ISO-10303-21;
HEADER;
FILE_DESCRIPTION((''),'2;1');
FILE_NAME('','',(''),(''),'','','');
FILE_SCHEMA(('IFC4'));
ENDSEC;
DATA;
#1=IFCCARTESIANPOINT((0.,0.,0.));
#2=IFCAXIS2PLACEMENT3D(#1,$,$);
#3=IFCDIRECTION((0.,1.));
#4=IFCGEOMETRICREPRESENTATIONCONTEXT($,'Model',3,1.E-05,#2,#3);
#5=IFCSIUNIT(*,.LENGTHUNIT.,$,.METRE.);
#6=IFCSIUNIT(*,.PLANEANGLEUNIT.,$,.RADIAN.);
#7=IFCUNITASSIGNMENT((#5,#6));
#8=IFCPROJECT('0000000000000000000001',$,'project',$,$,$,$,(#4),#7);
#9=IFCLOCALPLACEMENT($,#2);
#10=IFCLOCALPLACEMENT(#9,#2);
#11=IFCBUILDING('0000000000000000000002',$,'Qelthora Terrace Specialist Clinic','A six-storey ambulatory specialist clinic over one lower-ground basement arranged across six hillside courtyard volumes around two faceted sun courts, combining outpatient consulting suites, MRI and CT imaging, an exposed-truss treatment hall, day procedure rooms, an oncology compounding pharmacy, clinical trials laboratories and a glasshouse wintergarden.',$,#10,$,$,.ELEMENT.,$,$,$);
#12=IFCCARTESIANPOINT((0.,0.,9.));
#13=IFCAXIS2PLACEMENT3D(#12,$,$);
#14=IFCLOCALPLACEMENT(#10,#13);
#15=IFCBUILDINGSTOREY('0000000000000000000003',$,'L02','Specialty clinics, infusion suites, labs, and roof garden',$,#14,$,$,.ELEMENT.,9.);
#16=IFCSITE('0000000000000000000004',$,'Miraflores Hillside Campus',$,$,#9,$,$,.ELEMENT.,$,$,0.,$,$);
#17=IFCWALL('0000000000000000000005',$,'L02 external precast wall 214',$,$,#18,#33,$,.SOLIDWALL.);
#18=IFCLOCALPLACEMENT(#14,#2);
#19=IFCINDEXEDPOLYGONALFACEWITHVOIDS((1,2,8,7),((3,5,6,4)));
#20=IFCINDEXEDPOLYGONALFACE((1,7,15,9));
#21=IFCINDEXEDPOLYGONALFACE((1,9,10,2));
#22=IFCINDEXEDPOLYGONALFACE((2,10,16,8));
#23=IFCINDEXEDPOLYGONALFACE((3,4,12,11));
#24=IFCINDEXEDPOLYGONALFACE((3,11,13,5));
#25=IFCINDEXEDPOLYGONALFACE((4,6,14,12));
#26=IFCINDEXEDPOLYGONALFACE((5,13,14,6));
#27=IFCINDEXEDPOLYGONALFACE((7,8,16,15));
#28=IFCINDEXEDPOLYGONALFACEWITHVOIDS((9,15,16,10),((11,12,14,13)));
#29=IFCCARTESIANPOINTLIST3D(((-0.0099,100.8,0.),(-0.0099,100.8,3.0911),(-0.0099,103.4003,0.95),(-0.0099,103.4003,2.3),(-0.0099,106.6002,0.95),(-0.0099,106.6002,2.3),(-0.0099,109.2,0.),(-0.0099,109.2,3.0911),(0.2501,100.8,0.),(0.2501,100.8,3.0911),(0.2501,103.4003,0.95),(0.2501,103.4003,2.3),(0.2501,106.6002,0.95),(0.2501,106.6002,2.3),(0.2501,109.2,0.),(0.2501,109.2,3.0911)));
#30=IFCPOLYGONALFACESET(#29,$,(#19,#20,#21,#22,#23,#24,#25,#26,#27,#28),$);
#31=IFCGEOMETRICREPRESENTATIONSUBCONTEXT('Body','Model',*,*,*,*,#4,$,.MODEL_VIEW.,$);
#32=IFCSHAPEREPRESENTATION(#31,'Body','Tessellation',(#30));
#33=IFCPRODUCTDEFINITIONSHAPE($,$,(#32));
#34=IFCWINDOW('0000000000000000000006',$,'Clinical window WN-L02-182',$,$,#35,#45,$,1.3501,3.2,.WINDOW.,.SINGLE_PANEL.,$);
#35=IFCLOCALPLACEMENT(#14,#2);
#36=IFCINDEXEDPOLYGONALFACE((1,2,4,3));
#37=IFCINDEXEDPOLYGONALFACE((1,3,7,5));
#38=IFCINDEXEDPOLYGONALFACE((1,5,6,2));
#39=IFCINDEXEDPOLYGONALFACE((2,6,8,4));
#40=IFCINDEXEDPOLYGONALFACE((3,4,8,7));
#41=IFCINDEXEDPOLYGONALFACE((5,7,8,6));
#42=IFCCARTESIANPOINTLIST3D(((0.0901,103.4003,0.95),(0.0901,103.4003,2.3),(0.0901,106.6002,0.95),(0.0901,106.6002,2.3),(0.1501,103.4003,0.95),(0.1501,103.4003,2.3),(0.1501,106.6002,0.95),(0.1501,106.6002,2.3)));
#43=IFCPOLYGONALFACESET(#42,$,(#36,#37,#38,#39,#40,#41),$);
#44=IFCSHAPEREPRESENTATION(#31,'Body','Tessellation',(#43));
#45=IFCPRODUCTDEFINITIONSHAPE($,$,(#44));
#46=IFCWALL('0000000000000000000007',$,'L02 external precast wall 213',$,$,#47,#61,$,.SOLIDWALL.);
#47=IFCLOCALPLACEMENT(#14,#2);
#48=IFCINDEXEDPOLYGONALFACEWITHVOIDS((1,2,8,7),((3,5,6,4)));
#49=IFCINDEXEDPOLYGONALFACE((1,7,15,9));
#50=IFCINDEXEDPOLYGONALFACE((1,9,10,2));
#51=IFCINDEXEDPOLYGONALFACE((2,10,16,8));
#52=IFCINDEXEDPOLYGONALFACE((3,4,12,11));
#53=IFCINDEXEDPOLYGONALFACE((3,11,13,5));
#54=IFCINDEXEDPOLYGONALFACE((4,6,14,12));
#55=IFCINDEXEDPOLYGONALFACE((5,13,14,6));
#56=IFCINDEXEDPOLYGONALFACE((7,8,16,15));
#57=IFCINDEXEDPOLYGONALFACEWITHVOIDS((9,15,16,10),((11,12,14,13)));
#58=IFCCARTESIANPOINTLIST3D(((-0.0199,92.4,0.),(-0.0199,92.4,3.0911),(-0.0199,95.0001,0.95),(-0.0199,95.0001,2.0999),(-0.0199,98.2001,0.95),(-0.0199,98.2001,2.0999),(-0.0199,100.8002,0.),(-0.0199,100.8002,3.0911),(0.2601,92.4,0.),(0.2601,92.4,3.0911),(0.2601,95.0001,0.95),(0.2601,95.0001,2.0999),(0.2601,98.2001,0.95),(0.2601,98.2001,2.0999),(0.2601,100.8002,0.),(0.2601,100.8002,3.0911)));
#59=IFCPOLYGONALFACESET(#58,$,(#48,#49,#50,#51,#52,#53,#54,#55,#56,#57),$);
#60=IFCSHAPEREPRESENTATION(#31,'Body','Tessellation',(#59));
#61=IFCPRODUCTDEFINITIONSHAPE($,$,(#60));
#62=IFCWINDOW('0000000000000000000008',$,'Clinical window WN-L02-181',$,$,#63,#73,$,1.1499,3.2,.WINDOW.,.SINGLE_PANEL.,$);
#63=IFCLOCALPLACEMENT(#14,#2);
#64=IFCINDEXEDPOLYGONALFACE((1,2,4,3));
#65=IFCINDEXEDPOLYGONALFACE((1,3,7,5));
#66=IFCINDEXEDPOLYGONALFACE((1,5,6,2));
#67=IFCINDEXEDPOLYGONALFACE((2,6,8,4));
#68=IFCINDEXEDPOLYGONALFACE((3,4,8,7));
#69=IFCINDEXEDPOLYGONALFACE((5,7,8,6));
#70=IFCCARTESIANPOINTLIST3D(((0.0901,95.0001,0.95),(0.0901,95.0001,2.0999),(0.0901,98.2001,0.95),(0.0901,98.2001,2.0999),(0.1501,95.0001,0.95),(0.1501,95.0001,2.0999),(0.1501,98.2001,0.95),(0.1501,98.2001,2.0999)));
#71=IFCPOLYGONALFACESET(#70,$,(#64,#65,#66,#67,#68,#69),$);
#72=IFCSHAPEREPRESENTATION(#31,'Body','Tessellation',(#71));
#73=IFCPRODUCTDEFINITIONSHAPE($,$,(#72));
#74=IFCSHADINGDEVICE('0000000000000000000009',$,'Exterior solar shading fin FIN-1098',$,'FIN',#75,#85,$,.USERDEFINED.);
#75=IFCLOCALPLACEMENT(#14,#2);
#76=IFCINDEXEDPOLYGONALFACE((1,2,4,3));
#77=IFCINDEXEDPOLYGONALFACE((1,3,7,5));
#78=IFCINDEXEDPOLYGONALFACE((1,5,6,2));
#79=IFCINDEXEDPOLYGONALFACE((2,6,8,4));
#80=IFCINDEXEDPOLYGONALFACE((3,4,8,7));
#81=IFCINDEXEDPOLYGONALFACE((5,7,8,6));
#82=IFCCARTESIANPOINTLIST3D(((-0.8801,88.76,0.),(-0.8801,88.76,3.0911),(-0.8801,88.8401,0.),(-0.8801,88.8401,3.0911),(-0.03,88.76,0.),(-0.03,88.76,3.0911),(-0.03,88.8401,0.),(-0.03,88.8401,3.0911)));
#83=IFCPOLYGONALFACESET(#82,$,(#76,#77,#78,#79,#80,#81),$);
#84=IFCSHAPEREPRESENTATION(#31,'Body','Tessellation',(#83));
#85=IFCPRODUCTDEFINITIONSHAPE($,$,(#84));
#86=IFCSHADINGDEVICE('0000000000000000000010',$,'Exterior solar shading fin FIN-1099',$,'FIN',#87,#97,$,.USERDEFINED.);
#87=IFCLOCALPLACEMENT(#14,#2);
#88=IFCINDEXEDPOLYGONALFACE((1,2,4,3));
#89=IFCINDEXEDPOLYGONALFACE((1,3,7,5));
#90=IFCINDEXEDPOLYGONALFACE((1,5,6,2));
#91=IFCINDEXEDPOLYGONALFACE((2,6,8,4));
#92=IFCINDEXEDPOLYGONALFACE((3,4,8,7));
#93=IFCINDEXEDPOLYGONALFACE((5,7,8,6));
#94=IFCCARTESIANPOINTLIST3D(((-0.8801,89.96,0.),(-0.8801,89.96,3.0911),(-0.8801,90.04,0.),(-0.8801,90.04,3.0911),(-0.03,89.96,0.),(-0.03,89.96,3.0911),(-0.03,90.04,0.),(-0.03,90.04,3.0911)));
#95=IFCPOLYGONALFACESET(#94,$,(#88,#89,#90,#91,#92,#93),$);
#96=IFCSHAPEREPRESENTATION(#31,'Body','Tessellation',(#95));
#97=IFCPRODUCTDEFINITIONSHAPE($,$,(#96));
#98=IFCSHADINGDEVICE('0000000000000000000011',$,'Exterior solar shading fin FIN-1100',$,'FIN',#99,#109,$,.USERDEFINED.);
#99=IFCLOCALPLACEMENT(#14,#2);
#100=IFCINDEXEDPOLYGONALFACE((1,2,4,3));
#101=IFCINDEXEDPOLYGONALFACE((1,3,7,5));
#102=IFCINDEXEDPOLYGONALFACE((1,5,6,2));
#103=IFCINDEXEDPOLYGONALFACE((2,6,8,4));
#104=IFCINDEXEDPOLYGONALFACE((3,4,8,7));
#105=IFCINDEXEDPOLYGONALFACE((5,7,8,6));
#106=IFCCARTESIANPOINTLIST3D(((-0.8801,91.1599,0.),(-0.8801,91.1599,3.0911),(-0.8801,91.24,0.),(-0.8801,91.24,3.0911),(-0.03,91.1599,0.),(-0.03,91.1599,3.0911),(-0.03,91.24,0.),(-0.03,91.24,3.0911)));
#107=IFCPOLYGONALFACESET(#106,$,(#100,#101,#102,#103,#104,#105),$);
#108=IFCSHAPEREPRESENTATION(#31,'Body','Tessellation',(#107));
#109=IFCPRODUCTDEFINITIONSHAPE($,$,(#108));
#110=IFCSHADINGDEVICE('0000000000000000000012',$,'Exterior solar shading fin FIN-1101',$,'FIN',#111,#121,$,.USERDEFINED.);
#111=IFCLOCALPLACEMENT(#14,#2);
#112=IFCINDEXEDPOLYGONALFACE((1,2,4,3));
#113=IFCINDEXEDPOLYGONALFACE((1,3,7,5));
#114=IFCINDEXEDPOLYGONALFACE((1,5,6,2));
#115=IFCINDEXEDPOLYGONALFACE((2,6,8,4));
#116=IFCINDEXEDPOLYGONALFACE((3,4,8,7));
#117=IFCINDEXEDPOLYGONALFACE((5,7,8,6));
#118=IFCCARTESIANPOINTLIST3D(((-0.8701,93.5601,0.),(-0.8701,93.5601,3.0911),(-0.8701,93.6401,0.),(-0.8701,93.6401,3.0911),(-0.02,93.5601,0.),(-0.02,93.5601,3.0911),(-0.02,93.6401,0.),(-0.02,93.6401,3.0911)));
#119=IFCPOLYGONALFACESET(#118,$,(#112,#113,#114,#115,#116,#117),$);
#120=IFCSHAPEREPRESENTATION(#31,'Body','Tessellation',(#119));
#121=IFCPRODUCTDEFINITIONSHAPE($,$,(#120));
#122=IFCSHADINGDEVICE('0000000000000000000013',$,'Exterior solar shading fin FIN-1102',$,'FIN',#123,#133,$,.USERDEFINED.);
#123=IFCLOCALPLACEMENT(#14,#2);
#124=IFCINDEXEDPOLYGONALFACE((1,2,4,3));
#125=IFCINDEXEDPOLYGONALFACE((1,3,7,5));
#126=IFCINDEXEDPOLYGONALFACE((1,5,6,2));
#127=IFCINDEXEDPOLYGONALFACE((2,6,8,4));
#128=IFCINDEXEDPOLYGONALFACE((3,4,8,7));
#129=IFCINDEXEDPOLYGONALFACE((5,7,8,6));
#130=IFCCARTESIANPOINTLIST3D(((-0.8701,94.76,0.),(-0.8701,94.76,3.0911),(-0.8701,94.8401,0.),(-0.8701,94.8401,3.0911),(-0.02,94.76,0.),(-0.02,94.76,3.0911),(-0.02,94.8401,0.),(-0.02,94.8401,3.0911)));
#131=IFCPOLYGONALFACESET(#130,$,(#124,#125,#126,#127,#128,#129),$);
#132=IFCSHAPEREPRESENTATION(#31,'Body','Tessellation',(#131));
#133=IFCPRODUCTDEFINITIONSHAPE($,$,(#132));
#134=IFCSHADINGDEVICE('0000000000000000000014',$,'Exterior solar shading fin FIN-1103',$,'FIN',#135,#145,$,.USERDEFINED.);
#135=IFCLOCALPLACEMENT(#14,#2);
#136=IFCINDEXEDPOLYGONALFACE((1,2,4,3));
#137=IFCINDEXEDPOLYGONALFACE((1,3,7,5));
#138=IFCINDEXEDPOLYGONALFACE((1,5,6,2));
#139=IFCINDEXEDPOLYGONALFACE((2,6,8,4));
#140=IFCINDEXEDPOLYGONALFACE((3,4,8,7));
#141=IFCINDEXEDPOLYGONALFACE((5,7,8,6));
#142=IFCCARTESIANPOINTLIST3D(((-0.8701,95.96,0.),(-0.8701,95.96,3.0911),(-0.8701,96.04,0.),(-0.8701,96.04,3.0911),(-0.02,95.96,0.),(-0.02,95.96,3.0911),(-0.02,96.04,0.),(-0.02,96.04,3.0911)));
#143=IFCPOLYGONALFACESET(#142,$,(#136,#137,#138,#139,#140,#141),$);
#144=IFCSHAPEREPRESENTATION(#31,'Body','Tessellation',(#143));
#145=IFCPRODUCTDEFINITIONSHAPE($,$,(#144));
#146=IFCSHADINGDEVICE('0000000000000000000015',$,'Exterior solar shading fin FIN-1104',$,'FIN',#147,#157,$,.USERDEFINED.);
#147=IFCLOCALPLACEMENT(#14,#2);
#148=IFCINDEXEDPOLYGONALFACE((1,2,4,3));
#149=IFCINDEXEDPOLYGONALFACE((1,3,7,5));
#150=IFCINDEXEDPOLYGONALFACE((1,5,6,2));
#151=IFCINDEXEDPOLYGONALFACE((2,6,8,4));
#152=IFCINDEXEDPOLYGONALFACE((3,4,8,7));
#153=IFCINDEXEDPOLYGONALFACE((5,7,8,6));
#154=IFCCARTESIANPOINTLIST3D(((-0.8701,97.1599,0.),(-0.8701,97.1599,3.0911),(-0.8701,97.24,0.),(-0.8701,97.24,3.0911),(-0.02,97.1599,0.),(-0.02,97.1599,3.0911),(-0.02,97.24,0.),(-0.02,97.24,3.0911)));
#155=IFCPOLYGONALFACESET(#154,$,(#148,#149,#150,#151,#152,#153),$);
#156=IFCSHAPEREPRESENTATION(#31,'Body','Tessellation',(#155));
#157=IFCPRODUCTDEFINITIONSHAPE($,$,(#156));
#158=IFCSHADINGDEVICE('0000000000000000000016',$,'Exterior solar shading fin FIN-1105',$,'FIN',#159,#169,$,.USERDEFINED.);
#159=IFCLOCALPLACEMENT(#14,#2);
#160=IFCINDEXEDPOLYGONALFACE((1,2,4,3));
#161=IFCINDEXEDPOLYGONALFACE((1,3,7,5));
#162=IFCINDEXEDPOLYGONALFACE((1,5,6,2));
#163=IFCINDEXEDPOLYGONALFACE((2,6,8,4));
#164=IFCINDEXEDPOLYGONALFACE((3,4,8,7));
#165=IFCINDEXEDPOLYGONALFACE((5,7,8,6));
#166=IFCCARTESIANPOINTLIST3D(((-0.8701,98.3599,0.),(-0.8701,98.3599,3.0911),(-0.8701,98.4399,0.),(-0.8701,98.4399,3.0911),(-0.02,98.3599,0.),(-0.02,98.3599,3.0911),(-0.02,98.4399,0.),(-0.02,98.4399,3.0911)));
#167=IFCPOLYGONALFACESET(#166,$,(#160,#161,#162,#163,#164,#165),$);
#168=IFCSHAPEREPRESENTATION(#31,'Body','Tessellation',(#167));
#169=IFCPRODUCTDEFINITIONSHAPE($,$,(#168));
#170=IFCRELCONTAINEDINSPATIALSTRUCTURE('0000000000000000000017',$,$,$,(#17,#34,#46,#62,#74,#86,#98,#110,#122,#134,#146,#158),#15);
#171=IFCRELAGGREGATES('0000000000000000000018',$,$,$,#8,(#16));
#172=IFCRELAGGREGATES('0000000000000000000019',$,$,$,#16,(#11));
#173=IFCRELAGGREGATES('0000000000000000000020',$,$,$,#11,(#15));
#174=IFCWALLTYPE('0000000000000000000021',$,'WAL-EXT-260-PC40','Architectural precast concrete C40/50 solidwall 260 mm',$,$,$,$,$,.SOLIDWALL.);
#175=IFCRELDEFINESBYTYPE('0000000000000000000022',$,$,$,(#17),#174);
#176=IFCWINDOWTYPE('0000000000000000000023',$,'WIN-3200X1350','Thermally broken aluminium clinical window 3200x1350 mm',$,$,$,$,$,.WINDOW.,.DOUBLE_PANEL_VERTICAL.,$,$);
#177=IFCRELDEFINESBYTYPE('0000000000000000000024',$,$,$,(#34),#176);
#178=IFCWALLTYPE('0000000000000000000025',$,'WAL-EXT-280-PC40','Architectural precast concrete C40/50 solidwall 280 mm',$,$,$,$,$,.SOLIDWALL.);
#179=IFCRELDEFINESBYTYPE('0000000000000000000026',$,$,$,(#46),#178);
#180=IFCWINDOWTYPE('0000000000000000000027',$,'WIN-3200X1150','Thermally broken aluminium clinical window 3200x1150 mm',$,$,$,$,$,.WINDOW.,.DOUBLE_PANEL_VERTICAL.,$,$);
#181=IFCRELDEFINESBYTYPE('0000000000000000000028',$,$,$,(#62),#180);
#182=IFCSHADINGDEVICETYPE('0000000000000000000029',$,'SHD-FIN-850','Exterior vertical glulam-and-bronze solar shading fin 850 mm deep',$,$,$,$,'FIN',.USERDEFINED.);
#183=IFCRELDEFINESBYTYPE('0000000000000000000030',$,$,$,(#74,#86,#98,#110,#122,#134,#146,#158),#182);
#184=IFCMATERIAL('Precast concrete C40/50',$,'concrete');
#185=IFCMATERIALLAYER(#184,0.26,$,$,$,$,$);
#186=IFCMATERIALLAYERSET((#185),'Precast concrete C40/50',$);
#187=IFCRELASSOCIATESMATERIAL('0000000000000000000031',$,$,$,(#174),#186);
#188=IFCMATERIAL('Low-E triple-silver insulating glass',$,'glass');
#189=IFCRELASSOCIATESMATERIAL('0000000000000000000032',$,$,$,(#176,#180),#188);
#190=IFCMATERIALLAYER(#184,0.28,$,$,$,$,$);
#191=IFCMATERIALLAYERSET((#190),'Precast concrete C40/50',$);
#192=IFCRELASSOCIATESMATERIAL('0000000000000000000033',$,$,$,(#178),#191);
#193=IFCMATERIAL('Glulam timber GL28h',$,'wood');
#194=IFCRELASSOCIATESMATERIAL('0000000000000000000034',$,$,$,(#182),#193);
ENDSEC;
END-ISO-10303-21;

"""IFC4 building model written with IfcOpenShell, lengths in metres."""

from ifc_helpers import new_model, si_unit, direction, frame, frame_2d, origin, origin_2d, place, context, subcontext, project, spatial, rectangle, extrude, material, layer, layer_set, type_object, element, fill, save


model = new_model("IFC4")

# Units and contexts
model_context = context("Model", 3, precision=1e-05, world=origin(), true_north=direction((0.0, 1.0)))
body_context = subcontext(model_context, "Body", "Model", "MODEL_VIEW")
ifc_project = project(units=[si_unit("LENGTHUNIT", "METRE"), si_unit("PLANEANGLEUNIT", "RADIAN")], contexts=[model_context])

# Site, building, storey
site_placement = place(None, origin())
site = spatial("IfcSite", under=ifc_project, at=site_placement, Name="Miraflores Hillside Campus", CompositionType="ELEMENT", RefElevation=0.0)
building_placement = place(site_placement, origin())
building = spatial("IfcBuilding", under=site, at=building_placement, Name="Qelthora Terrace Specialist Clinic", Description="A six-storey ambulatory specialist clinic over one lower-ground basement arranged across six hillside courtyard volumes around two faceted sun courts, combining outpatient consulting suites, MRI and CT imaging, an exposed-truss treatment hall, day procedure rooms, an oncology compounding pharmacy, clinical trials laboratories and a glasshouse wintergarden.", CompositionType="ELEMENT")
storey_placement = place(building_placement, frame((0.0, 0.0, 9.0)))
storey = spatial("IfcBuildingStorey", under=building, at=storey_placement, Name="L02", Description="Specialty clinics, infusion suites, labs, and roof garden", CompositionType="ELEMENT", Elevation=9.0)

# Walls, openings, windows
ifc_material_1 = material(Name="Precast concrete C40/50", Category="concrete")
ifc_layer_1 = layer(ifc_material_1, 0.26)
ifc_layer_set_1 = layer_set([ifc_layer_1], Name="Precast concrete C40/50")
wall_type_1 = type_object("IfcWallType", Name="WAL-EXT-260-PC40", Description="Architectural precast concrete C40/50 solidwall 260 mm", PredefinedType="SOLIDWALL", material=ifc_layer_set_1)
wall_1_placement = place(storey_placement, frame((0.1201, 100.8, 0.0), z_axis=(0.0, 0.0, 1.0), x_axis=(0.0, 1.0, 0.0)))
wall_1 = element("IfcWall", 1, at=wall_1_placement, inside=storey, type_object=wall_type_1, Name="L02 external precast wall 214", PredefinedType="SOLIDWALL", context=body_context, shape_type="SweptSolid", body=[
    extrude(rectangle(XDim=8.3999, YDim=0.26, at=frame_2d((4.2, 0.0))), origin(), (0.0, 0.0, 1.0), 3.0911),
])
opening_1_placement = place(wall_1_placement, frame((2.6001, 0.0, 0.95)))
opening_1 = element("IfcOpeningElement", 2, at=opening_1_placement, cuts=wall_1, PredefinedType="OPENING", context=body_context, shape_type="SweptSolid", body=[
    extrude(rectangle(XDim=3.2, YDim=1.3501, at=frame_2d((1.6001, 0.675))), frame((0.0, 0.1399, 0.0), z_axis=(0.0, -1.0, 0.0), x_axis=(1.0, 0.0, 0.0)), (0.0, 0.0, 1.0), 0.28),
])
ifc_material_2 = material(Name="Low-E triple-silver insulating glass", Category="glass")
window_type_1 = type_object("IfcWindowType", Name="WIN-3200X1350", Description="Thermally broken aluminium clinical window 3200x1350 mm", PartitioningType="DOUBLE_PANEL_VERTICAL", PredefinedType="WINDOW", material=ifc_material_2)
window_1_placement = place(opening_1_placement, origin())
window_1 = element("IfcWindow", 3, at=window_1_placement, inside=storey, type_object=window_type_1, Name="Clinical window WN-L02-182", OverallHeight=1.3501, OverallWidth=3.2, PartitioningType="SINGLE_PANEL", PredefinedType="WINDOW", context=body_context, shape_type="SweptSolid", body=[
    extrude(rectangle(XDim=3.2, YDim=1.3501, at=frame_2d((1.6001, 0.675))), frame((0.0, 0.03, 0.0), z_axis=(0.0, -1.0, 0.0), x_axis=(1.0, 0.0, 0.0)), (0.0, 0.0, 1.0), 0.0601),
])
fill(opening_1, window_1)
ifc_layer_2 = layer(ifc_material_1, 0.28)
ifc_layer_set_2 = layer_set([ifc_layer_2], Name="Precast concrete C40/50")
wall_type_2 = type_object("IfcWallType", Name="WAL-EXT-280-PC40", Description="Architectural precast concrete C40/50 solidwall 280 mm", PredefinedType="SOLIDWALL", material=ifc_layer_set_2)
wall_2_placement = place(storey_placement, frame((0.1201, 92.3999, 0.0), z_axis=(0.0, 0.0, 1.0), x_axis=(0.0, 1.0, 0.0)))
wall_2 = element("IfcWall", 4, at=wall_2_placement, inside=storey, type_object=wall_type_2, Name="L02 external precast wall 213", PredefinedType="SOLIDWALL", context=body_context, shape_type="SweptSolid", body=[
    extrude(rectangle(XDim=8.4001, YDim=0.28, at=frame_2d((4.2002, 0.0))), origin(), (0.0, 0.0, 1.0), 3.0911),
])
opening_2_placement = place(wall_2_placement, frame((2.6001, 0.0, 0.95)))
opening_2 = element("IfcOpeningElement", 5, at=opening_2_placement, cuts=wall_2, PredefinedType="OPENING", context=body_context, shape_type="SweptSolid", body=[
    extrude(rectangle(XDim=3.2, YDim=1.1499, at=frame_2d((1.6001, 0.575))), frame((0.0, 0.1499, 0.0), z_axis=(0.0, -1.0, 0.0), x_axis=(1.0, 0.0, 0.0)), (0.0, 0.0, 1.0), 0.3),
])
window_type_2 = type_object("IfcWindowType", Name="WIN-3200X1150", Description="Thermally broken aluminium clinical window 3200x1150 mm", PartitioningType="DOUBLE_PANEL_VERTICAL", PredefinedType="WINDOW", material=ifc_material_2)
window_2_placement = place(opening_2_placement, origin())
window_2 = element("IfcWindow", 6, at=window_2_placement, inside=storey, type_object=window_type_2, Name="Clinical window WN-L02-181", OverallHeight=1.1499, OverallWidth=3.2, PartitioningType="SINGLE_PANEL", PredefinedType="WINDOW", context=body_context, shape_type="SweptSolid", body=[
    extrude(rectangle(XDim=3.2, YDim=1.1499, at=frame_2d((1.6001, 0.575))), frame((0.0, 0.03, 0.0), z_axis=(0.0, -1.0, 0.0), x_axis=(1.0, 0.0, 0.0)), (0.0, 0.0, 1.0), 0.0601),
])
fill(opening_2, window_2)

# Shading devices
ifc_material_3 = material(Name="Glulam timber GL28h", Category="wood")
shading_device_type = type_object("IfcShadingDeviceType", Name="SHD-FIN-850", Description="Exterior vertical glulam-and-bronze solar shading fin 850 mm deep", ElementType="FIN", PredefinedType="USERDEFINED", material=ifc_material_3)
for number, where, z_axis, x_axis, name in (
    (7, (-0.4551, 88.8, 0.0), (0.0, 0.0, 1.0), (-1.0, 0.0, 0.0), "Exterior solar shading fin FIN-1098"),
    (8, (-0.4551, 90.0, 0.0), (0.0, 0.0, 1.0), (-1.0, 0.0, 0.0), "Exterior solar shading fin FIN-1099"),
    (9, (-0.4551, 91.2, 0.0), (0.0, 0.0, 1.0), (-1.0, 0.0, 0.0), "Exterior solar shading fin FIN-1100"),
    (10, (-0.4451, 93.6001, 0.0), (0.0, 0.0, 1.0), (-1.0, 0.0, 0.0), "Exterior solar shading fin FIN-1101"),
    (11, (-0.4451, 94.8, 0.0), (0.0, 0.0, 1.0), (-1.0, 0.0, 0.0), "Exterior solar shading fin FIN-1102"),
    (12, (-0.4451, 96.0, 0.0), (0.0, 0.0, 1.0), (-1.0, 0.0, 0.0), "Exterior solar shading fin FIN-1103"),
    (13, (-0.4451, 97.2, 0.0), (0.0, 0.0, 1.0), (-1.0, 0.0, 0.0), "Exterior solar shading fin FIN-1104"),
    (14, (-0.4451, 98.3999, 0.0), (0.0, 0.0, 1.0), (-1.0, 0.0, 0.0), "Exterior solar shading fin FIN-1105"),
):
    element("IfcShadingDevice", number, at=place(storey_placement, frame(where, z_axis=z_axis, x_axis=x_axis)), inside=storey, type_object=shading_device_type, Name=name, ObjectType="FIN", PredefinedType="USERDEFINED", context=body_context, shape_type="SweptSolid", body=[
        extrude(rectangle(XDim=0.8501, YDim=0.0801, at=origin_2d()), origin(), (0.0, 0.0, 1.0), 3.0911),
    ])

save(model, "model.ifc")
